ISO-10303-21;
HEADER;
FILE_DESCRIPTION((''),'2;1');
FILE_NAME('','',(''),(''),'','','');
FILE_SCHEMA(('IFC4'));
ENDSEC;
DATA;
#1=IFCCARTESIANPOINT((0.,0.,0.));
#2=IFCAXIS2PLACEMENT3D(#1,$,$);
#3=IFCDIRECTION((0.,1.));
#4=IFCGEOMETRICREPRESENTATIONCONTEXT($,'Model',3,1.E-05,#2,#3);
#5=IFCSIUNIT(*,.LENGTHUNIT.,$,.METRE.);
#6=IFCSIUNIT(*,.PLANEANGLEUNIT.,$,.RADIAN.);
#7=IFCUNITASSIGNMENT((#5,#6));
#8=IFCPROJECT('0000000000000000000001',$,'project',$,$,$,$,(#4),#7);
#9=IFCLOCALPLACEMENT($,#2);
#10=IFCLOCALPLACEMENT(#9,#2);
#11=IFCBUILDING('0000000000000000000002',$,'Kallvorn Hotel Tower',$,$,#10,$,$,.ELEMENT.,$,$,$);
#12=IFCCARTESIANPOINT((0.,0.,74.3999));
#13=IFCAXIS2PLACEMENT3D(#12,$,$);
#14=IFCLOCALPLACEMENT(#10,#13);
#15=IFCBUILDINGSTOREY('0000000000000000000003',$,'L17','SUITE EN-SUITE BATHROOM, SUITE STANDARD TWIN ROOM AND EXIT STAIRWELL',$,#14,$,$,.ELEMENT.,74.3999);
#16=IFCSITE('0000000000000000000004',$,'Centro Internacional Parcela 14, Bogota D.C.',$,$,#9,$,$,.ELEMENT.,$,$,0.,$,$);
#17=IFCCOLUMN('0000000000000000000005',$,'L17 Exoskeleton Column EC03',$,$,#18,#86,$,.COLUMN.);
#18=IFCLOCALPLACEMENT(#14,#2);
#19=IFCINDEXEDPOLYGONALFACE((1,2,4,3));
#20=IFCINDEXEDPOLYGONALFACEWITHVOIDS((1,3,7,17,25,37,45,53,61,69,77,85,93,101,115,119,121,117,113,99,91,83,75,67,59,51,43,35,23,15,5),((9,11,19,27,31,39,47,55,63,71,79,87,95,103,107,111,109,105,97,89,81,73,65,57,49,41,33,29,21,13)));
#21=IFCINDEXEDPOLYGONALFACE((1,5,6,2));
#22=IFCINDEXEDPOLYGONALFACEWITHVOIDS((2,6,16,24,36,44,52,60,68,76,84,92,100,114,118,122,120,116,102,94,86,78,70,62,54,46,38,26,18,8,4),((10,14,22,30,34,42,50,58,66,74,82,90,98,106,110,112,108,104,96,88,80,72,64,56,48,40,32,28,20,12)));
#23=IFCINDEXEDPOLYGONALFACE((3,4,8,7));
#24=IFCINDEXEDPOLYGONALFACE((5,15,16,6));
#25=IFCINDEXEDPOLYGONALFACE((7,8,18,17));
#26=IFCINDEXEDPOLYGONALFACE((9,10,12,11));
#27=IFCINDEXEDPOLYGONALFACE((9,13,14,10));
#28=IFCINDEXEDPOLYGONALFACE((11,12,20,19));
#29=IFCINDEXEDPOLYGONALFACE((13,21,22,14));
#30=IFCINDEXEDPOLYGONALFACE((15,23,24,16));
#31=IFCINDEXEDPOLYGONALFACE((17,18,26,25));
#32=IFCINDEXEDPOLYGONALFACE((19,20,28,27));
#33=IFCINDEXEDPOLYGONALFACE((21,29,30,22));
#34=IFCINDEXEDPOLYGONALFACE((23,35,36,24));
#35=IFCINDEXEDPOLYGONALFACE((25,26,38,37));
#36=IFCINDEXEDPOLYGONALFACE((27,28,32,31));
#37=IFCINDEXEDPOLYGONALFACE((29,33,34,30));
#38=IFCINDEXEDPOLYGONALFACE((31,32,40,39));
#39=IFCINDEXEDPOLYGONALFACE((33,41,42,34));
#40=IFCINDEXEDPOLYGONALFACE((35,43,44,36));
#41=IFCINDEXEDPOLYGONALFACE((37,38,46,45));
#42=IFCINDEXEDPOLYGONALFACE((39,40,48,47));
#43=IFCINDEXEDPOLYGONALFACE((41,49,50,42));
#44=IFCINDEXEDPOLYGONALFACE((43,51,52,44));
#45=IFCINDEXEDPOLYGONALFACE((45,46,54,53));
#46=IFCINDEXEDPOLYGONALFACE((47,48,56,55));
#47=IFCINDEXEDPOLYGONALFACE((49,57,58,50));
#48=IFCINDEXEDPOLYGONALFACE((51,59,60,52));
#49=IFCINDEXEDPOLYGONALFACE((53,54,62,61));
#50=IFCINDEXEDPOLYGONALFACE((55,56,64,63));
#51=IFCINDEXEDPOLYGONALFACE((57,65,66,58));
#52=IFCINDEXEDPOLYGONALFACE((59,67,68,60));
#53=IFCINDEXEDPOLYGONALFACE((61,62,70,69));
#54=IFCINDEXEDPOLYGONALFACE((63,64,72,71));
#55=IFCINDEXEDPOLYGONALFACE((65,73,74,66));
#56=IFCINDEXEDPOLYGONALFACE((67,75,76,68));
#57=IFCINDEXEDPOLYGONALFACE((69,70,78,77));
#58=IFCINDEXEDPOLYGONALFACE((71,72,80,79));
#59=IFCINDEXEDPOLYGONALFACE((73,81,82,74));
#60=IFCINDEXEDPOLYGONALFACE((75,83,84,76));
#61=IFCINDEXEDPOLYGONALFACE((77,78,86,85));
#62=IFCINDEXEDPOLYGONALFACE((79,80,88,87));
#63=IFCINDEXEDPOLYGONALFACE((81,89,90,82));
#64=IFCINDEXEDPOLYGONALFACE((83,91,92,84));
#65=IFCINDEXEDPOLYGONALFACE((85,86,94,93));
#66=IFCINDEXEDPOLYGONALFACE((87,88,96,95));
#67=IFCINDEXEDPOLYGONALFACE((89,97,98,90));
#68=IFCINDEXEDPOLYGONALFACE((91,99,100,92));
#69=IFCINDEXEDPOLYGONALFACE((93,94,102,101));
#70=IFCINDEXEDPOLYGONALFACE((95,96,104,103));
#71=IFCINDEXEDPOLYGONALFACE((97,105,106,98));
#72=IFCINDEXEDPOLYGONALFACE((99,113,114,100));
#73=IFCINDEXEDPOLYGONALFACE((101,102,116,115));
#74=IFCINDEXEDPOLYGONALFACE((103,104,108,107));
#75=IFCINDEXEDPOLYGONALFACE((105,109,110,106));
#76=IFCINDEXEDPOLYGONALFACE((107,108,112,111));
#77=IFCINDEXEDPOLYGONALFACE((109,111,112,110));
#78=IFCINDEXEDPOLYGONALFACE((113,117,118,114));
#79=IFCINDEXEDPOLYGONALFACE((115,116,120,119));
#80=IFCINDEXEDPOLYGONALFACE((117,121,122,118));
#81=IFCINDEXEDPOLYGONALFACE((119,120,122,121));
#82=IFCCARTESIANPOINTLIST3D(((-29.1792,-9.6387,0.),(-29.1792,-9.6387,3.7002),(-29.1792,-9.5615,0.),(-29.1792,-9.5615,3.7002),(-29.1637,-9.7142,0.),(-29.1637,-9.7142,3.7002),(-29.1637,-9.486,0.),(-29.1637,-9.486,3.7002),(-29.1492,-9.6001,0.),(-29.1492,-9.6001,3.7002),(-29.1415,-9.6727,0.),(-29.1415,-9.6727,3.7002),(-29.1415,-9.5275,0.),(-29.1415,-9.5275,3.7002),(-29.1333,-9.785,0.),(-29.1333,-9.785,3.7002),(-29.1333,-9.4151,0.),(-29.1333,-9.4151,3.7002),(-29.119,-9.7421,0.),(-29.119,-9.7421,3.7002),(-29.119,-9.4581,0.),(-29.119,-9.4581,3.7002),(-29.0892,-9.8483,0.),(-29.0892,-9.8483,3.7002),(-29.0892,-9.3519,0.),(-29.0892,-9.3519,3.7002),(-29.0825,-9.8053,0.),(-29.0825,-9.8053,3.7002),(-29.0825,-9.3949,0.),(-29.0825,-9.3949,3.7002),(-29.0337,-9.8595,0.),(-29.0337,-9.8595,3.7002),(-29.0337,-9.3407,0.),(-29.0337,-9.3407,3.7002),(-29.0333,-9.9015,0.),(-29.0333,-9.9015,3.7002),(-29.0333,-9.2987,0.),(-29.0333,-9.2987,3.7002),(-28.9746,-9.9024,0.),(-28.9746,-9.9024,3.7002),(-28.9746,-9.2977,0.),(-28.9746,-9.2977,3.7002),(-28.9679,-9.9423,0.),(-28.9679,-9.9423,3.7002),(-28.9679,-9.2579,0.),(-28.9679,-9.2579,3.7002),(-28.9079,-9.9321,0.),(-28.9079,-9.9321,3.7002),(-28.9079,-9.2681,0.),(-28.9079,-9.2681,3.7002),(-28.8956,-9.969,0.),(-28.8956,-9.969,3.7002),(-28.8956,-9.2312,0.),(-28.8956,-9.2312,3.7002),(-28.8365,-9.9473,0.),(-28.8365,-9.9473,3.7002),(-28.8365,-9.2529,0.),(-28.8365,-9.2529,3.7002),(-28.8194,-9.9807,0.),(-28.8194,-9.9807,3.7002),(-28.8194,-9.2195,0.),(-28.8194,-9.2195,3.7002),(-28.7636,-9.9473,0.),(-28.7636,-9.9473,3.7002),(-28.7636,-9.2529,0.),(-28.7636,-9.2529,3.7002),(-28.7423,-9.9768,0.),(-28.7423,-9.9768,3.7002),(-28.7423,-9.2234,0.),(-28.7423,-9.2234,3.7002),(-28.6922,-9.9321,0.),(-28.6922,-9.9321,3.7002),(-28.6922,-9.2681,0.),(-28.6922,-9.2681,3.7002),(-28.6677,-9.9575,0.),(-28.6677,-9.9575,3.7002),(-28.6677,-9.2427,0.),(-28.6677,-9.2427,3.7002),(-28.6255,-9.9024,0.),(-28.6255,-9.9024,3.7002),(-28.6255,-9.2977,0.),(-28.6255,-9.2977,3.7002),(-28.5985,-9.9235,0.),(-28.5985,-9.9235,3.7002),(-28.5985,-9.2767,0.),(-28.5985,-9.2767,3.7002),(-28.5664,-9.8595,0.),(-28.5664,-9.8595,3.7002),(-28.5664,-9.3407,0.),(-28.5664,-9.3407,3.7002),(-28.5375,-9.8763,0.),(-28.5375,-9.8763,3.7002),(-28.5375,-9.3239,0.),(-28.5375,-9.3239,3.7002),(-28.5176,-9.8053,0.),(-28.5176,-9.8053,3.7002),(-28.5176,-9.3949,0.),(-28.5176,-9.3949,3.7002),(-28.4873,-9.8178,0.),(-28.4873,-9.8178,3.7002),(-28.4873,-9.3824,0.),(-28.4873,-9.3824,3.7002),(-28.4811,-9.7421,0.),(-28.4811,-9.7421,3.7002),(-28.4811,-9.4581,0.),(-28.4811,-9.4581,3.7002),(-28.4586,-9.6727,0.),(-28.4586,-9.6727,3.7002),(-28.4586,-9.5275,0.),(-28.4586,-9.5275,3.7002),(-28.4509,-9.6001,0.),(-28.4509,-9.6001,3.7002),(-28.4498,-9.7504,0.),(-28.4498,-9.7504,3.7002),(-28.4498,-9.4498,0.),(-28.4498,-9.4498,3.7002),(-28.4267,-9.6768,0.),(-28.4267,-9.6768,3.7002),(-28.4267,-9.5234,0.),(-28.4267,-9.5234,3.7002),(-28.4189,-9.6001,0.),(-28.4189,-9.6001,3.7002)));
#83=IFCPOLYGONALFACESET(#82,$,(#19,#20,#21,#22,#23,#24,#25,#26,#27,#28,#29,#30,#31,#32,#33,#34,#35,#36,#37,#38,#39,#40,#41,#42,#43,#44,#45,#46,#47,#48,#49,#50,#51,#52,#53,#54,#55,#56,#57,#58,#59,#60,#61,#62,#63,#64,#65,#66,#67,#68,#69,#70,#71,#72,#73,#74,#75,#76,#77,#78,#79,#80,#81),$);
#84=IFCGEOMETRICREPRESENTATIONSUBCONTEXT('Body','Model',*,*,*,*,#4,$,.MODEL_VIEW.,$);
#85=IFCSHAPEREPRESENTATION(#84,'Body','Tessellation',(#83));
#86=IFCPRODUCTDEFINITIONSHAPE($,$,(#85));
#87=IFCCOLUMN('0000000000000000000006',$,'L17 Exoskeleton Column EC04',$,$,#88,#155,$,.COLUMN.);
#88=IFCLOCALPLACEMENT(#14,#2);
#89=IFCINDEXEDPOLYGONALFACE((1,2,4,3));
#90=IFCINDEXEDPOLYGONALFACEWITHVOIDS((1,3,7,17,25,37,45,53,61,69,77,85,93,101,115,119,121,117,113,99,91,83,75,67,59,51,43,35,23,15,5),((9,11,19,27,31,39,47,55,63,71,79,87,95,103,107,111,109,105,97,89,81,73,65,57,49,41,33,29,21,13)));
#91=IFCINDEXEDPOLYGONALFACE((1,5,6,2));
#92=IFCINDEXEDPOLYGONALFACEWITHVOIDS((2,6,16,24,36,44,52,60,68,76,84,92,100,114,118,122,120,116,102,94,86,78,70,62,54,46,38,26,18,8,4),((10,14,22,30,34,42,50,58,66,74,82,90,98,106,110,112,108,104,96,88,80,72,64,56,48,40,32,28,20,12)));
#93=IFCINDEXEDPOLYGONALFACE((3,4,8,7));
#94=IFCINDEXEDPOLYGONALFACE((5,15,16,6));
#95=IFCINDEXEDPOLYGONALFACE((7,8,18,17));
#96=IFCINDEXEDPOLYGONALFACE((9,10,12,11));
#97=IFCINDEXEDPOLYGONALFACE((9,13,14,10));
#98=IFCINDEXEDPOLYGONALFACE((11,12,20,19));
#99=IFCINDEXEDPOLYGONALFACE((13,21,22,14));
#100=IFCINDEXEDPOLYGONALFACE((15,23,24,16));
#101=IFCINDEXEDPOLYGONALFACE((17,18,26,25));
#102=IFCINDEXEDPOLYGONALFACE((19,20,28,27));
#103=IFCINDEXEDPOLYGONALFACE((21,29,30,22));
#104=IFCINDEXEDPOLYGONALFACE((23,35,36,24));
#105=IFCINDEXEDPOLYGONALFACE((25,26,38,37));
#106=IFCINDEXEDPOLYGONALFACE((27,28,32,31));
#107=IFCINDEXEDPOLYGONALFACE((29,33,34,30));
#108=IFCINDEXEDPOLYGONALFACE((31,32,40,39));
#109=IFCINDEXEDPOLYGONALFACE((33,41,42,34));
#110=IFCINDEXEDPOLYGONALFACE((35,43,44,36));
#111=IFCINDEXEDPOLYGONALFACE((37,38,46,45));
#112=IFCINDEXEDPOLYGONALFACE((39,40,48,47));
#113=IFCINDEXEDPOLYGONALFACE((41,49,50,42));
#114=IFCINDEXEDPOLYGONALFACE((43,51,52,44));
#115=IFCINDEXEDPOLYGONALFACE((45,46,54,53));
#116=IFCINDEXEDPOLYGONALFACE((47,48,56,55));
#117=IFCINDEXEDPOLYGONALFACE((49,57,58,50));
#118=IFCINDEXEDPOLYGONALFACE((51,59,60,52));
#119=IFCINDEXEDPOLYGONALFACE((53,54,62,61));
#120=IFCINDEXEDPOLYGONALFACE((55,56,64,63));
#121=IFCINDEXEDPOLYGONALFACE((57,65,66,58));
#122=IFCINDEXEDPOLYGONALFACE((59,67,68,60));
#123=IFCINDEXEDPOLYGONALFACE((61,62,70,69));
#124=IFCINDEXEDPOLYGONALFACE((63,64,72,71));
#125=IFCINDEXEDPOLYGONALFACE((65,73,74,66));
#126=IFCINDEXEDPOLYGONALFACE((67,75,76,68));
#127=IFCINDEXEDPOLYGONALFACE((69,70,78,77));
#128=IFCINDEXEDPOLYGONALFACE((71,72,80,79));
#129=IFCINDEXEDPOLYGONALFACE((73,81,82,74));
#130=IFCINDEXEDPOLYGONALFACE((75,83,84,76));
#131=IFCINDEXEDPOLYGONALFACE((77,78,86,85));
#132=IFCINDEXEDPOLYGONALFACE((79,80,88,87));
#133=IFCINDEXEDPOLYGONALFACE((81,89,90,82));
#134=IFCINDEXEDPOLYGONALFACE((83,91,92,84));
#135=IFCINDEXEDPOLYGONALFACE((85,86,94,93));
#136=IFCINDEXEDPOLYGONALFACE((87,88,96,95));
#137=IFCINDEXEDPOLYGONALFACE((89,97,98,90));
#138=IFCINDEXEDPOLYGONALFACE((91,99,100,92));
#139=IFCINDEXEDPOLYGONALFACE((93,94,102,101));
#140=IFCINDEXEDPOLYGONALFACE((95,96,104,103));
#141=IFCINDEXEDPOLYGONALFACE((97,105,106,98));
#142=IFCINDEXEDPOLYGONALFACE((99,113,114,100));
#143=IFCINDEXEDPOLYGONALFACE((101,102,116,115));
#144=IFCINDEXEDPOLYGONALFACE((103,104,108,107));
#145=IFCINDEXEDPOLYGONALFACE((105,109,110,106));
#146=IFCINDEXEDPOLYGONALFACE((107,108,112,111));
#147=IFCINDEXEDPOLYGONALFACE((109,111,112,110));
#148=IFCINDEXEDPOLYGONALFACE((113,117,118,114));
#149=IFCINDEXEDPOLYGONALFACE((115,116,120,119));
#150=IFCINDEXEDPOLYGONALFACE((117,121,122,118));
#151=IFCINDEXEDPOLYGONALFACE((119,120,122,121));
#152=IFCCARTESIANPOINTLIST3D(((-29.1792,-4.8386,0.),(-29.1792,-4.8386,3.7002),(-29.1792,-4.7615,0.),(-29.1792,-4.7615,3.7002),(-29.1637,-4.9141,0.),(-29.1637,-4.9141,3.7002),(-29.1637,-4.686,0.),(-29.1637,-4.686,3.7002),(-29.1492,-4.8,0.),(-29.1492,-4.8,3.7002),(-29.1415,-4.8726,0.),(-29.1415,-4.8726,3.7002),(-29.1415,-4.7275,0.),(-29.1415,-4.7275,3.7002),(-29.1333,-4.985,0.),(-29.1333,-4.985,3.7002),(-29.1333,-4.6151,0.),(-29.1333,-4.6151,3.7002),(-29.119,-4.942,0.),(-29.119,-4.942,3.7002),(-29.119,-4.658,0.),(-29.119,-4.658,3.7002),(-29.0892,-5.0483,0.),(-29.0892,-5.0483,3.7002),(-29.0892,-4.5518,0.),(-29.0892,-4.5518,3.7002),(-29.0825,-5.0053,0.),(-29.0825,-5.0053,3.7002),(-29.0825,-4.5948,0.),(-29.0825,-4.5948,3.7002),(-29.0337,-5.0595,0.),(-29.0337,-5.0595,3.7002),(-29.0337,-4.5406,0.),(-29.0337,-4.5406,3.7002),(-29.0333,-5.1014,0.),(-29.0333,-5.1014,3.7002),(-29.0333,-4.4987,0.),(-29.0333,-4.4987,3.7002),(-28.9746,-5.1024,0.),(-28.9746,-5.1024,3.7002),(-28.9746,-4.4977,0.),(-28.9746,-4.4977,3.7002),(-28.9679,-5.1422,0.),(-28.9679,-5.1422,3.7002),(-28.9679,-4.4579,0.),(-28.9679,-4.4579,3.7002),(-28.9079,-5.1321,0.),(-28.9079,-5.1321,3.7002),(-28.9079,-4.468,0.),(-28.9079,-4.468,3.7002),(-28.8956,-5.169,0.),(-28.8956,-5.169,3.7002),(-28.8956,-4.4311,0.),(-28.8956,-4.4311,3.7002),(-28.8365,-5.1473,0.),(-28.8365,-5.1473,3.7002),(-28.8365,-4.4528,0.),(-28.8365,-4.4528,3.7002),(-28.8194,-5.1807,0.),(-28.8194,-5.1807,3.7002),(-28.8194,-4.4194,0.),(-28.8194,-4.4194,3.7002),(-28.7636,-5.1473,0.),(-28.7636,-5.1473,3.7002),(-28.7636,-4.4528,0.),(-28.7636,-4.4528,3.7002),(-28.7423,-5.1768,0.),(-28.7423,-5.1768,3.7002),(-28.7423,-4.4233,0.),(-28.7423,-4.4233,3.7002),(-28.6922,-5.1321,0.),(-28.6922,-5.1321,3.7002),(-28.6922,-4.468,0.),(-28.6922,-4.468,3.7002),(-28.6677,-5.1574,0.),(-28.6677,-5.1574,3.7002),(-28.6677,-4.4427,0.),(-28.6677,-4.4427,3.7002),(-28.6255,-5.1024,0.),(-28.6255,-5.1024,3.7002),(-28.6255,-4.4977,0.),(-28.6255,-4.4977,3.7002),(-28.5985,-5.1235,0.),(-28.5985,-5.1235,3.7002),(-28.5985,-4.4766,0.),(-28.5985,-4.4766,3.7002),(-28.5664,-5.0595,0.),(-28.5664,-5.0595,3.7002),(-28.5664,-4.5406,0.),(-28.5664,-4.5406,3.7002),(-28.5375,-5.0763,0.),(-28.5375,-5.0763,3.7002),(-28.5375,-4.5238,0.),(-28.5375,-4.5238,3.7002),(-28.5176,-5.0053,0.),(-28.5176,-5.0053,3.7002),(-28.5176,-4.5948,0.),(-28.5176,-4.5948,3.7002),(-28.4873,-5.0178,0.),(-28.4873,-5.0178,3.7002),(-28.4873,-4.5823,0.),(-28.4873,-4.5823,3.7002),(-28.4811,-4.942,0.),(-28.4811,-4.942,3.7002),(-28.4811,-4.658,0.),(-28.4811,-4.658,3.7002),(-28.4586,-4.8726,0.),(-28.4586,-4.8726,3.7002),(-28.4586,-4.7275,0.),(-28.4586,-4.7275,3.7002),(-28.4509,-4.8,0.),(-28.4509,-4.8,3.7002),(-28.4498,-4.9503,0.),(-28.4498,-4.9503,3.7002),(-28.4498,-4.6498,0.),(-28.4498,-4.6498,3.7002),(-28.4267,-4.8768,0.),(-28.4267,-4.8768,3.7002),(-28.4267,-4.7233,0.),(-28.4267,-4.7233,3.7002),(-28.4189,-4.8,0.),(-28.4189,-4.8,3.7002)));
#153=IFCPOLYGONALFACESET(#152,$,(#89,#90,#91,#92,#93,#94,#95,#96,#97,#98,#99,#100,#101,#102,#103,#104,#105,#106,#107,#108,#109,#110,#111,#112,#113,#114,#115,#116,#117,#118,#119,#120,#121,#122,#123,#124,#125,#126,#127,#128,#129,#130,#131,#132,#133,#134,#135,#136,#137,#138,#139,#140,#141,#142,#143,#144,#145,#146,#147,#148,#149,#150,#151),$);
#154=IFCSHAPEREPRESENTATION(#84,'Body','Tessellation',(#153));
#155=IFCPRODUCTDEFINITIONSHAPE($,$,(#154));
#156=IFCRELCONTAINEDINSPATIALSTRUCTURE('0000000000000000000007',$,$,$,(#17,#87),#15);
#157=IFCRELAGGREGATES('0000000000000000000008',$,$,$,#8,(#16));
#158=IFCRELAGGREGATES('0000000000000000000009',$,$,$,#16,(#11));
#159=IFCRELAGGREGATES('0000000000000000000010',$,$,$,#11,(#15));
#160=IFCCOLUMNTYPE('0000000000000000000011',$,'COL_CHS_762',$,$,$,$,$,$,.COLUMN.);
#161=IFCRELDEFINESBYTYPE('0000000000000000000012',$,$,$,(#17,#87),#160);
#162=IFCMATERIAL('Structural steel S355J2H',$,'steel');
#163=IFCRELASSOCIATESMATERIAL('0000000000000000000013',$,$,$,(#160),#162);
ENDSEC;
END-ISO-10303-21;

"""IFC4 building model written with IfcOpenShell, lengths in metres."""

from ifc_helpers import new_model, si_unit, direction, frame, origin, origin_2d, place, context, subcontext, project, spatial, hollow_circle, extrude, material, material_profile, profile_set, type_object, element, save


model = new_model("IFC4")

# Units and contexts
model_context = context("Model", 3, precision=1e-05, world=origin(), true_north=direction((0.0, 1.0)))
body_context = subcontext(model_context, "Body", "Model", "MODEL_VIEW")
ifc_project = project(units=[si_unit("LENGTHUNIT", "METRE"), si_unit("PLANEANGLEUNIT", "RADIAN")], contexts=[model_context])

# Site, building, storey
site_placement = place(None, origin())
site = spatial("IfcSite", under=ifc_project, at=site_placement, Name="Centro Internacional Parcela 14, Bogota D.C.", CompositionType="ELEMENT", RefElevation=0.0)
building_placement = place(site_placement, origin())
building = spatial("IfcBuilding", under=site, at=building_placement, Name="Kallvorn Hotel Tower", CompositionType="ELEMENT")
storey_placement = place(building_placement, frame((0.0, 0.0, 74.3999)))
storey = spatial("IfcBuildingStorey", under=building, at=storey_placement, Name="L17", Description="SUITE EN-SUITE BATHROOM, SUITE STANDARD TWIN ROOM AND EXIT STAIRWELL", CompositionType="ELEMENT", Elevation=74.3999)

# Columns
ifc_material_1 = material(Name="Structural steel S355J2H", Category="steel")
ifc_material_profile_1 = material_profile(ifc_material_1, hollow_circle(Radius=0.3811, WallThickness=0.032, at=origin_2d()), Name="CHS 762x32")
ifc_profile_set_1 = profile_set([ifc_material_profile_1], Name="Structural steel S355J2H")
column_type_1 = type_object("IfcColumnType", Name="COL_CHS_762", PredefinedType="COLUMN", material=ifc_profile_set_1)
for number, where, z_axis, x_axis, name in (
    (1, (-28.8, -9.6001, 0.0), (0.0, 0.0, 1.0), (1.0, 0.0, 0.0), "L17 Exoskeleton Column EC03"),
    (2, (-28.8, -4.8, 0.0), (0.0, 0.0, 1.0), (1.0, 0.0, 0.0), "L17 Exoskeleton Column EC04"),
):
    element("IfcColumn", number, at=place(storey_placement, frame(where, z_axis=z_axis, x_axis=x_axis)), inside=storey, type_object=column_type_1, Name=name, PredefinedType="COLUMN", context=body_context, shape_type="SweptSolid", body=[
        extrude(hollow_circle(Radius=0.3811, WallThickness=0.032, at=origin_2d()), origin(), (0.0, 0.0, 1.0), 3.7002),
    ])

save(model, "model.ifc")
